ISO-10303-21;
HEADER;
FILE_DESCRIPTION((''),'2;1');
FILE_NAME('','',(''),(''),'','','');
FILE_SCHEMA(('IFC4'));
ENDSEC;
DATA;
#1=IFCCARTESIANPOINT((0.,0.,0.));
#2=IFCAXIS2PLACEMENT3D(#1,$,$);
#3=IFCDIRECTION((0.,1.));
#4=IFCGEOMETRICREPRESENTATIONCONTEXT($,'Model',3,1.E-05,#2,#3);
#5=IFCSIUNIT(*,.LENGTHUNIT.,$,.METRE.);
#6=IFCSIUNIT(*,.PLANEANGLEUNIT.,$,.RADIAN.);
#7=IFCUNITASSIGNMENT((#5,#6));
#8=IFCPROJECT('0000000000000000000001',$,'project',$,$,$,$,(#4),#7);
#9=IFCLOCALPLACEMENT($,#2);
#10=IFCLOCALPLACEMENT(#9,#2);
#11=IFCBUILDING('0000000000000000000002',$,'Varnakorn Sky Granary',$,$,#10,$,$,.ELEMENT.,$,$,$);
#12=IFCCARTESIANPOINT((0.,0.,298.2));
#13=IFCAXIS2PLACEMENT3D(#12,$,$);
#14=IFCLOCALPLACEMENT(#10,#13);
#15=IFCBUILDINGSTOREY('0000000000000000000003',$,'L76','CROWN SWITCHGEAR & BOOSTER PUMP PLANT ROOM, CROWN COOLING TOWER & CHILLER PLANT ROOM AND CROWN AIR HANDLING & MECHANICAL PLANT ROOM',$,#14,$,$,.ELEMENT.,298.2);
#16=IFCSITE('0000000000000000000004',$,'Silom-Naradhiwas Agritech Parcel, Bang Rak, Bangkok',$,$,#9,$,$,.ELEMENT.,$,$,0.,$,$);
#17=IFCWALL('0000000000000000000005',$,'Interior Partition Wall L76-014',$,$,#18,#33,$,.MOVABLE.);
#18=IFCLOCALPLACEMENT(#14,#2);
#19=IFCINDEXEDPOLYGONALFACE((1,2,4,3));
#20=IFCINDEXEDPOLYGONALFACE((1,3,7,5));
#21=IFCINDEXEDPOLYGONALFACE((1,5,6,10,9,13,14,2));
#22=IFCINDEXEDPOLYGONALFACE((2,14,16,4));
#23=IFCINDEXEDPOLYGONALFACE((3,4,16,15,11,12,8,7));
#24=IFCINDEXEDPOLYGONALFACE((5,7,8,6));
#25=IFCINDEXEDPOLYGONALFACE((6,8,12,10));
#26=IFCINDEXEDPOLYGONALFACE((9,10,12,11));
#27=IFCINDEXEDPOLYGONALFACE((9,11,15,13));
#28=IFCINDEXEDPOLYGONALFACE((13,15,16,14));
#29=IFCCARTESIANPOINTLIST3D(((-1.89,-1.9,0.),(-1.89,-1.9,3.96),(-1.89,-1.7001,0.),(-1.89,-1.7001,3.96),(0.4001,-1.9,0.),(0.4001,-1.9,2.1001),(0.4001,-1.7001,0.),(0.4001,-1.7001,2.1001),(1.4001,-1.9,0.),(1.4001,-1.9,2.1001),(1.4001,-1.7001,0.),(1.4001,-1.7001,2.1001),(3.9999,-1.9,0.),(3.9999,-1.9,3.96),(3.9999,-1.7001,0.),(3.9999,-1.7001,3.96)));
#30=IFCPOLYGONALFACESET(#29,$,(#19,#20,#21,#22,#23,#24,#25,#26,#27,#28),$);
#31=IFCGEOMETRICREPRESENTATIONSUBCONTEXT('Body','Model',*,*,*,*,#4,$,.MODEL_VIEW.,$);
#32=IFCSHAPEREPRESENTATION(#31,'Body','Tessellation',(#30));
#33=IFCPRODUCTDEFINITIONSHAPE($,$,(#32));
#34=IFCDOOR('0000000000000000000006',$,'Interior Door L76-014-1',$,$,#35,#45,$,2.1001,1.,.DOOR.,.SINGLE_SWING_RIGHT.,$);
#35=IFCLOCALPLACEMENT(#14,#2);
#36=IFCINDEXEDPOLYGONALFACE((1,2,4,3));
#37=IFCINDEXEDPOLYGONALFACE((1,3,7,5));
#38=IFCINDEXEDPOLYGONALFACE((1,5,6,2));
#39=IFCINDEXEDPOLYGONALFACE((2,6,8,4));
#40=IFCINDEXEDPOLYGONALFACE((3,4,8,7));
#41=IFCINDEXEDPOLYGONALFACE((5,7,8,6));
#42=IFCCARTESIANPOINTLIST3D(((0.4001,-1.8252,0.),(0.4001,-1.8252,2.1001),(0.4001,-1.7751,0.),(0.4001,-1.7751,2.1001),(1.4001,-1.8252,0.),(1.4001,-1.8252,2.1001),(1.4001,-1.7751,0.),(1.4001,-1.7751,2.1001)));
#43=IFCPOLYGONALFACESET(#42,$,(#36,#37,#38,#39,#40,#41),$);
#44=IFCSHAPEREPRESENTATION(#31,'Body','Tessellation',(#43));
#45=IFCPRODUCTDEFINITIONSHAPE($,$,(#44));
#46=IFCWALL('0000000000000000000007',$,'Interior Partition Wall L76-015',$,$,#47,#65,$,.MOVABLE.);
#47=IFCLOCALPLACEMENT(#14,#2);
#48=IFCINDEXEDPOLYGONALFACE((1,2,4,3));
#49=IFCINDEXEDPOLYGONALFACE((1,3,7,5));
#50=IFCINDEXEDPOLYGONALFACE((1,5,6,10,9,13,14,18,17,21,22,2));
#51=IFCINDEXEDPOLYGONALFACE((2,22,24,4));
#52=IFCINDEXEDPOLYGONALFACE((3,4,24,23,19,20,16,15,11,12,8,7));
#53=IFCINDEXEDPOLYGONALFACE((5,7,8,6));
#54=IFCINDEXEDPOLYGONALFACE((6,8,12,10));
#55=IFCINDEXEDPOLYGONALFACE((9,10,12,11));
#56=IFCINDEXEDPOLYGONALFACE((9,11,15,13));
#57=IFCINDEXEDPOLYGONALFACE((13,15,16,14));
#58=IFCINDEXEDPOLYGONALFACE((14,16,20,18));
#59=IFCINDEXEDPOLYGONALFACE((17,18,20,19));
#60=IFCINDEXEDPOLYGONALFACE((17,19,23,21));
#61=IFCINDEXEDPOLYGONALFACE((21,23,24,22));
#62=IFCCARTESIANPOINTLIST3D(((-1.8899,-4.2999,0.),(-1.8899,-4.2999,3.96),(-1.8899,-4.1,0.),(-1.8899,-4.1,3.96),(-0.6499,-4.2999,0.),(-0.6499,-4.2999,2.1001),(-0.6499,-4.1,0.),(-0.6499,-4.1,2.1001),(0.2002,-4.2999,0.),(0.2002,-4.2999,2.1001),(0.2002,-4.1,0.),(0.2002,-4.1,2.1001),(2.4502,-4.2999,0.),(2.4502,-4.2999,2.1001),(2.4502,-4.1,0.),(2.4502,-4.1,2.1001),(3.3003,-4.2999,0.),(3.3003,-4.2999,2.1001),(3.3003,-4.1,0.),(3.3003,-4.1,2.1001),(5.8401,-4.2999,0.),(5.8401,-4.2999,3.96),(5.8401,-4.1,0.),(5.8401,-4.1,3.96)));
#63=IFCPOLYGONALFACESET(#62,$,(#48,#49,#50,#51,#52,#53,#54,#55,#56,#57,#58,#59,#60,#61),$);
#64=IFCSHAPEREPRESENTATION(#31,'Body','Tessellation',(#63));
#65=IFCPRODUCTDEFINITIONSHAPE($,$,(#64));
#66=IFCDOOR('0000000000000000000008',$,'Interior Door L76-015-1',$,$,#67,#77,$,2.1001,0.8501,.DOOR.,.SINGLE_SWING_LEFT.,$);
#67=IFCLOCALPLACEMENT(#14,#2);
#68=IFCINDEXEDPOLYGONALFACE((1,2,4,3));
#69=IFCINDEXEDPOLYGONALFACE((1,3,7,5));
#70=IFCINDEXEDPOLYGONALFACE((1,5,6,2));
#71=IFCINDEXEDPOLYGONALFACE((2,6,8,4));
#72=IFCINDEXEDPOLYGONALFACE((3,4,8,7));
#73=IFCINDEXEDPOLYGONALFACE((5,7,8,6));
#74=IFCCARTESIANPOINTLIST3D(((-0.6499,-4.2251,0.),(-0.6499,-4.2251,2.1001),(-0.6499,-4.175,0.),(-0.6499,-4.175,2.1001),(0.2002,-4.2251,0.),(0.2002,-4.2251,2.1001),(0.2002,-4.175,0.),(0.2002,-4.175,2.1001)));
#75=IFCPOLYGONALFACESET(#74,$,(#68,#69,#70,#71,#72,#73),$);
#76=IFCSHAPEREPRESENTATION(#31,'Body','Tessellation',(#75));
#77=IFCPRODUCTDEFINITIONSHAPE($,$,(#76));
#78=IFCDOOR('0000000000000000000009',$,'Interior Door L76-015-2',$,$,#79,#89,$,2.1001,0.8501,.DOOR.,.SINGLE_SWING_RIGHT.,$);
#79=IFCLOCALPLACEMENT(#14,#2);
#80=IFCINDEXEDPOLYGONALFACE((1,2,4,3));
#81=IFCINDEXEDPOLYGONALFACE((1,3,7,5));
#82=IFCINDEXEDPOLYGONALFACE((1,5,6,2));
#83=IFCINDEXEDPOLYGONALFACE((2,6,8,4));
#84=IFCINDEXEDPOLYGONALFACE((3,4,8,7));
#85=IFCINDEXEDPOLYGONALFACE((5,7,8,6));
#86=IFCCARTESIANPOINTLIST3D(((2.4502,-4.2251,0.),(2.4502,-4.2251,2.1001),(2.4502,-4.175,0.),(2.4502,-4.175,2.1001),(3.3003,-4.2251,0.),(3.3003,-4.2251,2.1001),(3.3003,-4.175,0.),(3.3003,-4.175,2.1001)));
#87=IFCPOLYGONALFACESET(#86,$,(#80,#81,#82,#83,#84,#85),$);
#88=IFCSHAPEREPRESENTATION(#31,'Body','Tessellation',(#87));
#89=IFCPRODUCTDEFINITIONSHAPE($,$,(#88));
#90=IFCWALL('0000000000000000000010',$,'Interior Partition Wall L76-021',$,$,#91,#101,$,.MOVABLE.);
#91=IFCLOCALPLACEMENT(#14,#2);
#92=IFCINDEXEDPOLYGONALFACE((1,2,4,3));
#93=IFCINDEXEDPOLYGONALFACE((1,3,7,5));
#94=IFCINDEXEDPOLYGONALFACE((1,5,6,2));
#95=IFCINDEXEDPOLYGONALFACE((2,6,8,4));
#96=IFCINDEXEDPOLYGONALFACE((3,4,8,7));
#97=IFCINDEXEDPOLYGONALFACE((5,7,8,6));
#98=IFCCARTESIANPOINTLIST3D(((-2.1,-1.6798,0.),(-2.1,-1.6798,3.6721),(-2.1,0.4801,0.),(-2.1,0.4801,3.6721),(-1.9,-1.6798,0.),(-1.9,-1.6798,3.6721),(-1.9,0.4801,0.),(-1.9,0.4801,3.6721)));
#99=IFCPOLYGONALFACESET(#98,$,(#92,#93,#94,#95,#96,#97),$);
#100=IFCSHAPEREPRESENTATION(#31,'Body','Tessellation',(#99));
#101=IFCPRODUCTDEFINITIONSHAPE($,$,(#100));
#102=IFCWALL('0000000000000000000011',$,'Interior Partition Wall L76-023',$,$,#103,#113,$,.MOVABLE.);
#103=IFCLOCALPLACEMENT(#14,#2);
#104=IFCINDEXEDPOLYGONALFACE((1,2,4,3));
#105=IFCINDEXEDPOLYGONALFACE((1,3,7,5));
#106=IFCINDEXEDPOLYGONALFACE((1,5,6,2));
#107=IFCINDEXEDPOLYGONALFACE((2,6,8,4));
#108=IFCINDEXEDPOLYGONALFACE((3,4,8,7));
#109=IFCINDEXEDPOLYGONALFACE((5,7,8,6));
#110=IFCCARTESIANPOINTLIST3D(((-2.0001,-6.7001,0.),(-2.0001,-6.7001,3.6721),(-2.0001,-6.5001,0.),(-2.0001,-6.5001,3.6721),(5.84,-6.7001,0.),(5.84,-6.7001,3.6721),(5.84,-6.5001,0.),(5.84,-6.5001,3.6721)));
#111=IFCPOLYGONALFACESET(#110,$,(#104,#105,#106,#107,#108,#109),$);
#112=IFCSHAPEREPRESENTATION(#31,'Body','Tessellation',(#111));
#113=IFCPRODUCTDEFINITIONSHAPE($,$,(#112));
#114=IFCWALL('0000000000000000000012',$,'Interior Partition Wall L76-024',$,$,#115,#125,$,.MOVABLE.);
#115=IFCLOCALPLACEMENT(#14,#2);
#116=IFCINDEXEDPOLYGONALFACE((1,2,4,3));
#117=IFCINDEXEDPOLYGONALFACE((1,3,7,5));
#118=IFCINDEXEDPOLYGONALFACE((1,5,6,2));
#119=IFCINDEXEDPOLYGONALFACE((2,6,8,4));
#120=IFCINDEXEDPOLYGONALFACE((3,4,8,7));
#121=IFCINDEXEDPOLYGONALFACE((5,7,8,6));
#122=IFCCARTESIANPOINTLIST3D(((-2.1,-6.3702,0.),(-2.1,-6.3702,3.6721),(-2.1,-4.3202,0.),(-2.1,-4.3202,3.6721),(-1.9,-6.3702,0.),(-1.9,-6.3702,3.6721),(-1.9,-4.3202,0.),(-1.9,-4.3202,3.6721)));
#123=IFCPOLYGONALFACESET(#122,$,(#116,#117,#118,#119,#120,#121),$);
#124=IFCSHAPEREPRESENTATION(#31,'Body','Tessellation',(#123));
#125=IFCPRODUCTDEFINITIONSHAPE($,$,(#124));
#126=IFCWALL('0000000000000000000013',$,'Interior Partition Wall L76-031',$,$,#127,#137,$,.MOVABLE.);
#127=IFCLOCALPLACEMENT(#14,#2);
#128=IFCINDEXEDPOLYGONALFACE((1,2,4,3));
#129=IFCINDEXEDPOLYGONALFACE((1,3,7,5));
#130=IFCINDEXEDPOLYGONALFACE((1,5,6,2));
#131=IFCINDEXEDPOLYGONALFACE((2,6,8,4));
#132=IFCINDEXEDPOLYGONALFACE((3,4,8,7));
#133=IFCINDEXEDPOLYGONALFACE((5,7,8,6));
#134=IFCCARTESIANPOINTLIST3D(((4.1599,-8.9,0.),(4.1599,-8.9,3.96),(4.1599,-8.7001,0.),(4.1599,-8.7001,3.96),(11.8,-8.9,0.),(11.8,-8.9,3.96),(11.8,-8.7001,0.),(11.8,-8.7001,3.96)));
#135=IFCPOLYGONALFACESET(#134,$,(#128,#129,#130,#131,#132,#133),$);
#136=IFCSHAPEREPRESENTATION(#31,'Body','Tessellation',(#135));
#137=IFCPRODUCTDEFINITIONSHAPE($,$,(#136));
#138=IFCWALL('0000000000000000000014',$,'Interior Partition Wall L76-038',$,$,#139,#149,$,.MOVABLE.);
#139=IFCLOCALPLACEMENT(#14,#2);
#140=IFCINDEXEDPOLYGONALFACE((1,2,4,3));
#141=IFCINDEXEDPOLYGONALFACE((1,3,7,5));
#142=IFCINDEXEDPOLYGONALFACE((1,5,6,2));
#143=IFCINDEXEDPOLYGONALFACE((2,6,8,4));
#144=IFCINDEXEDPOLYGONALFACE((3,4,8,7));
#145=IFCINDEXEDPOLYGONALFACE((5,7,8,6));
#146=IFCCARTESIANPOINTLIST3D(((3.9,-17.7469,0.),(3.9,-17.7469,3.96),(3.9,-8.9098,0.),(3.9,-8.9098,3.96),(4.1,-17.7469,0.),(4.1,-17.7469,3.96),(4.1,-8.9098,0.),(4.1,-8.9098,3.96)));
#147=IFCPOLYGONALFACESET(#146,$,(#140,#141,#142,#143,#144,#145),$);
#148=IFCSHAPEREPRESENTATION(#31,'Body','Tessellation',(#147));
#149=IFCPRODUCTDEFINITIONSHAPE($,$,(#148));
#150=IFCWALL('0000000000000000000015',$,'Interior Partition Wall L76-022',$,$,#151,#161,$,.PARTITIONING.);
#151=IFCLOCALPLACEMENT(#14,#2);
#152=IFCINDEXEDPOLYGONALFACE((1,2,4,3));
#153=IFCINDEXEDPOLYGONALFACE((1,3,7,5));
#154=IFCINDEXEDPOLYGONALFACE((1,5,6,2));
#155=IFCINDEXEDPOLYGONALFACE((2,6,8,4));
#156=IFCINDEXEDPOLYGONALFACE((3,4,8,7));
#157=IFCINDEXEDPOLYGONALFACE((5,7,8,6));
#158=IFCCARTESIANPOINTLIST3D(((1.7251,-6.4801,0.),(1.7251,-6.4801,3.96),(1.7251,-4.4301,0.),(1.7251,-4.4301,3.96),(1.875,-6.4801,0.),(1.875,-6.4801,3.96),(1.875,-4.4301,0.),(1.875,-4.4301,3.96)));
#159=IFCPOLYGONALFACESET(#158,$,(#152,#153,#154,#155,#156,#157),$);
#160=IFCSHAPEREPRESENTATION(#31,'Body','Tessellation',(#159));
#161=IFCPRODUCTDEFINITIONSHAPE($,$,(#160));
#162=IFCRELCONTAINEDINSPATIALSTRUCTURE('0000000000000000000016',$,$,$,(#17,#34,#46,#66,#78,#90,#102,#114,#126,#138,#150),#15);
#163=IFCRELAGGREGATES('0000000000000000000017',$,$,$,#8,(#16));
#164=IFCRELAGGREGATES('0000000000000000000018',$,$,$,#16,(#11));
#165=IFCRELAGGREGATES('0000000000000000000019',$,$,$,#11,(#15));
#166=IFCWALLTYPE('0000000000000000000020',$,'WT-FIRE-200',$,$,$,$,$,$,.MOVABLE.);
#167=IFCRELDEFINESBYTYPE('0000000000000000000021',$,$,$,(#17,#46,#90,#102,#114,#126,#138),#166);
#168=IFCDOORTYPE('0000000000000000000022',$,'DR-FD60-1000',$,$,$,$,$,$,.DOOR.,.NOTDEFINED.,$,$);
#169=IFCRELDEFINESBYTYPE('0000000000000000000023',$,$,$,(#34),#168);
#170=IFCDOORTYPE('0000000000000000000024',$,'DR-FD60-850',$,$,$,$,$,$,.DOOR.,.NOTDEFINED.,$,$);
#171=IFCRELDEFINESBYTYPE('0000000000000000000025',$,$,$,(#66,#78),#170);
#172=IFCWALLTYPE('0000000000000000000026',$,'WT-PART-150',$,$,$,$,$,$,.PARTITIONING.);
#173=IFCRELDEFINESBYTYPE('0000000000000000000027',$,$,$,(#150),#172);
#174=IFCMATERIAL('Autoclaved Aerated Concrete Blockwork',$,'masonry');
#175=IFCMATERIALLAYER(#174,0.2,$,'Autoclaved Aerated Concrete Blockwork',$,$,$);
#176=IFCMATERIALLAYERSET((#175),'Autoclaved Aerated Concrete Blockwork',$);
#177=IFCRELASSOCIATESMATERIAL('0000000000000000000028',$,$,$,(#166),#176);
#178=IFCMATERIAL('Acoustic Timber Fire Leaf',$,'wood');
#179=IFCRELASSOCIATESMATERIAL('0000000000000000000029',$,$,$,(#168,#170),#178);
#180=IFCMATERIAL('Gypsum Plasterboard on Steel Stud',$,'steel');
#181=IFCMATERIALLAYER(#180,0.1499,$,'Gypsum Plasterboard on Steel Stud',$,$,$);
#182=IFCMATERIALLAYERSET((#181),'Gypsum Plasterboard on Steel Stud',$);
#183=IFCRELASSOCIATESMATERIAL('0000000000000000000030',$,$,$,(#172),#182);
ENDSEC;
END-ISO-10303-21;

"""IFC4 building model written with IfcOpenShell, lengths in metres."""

from ifc_helpers import new_model, si_unit, direction, frame, frame_2d, origin, place, context, subcontext, project, spatial, rectangle, extrude, material, layer, layer_set, type_object, element, fill, save


model = new_model("IFC4")

# Units and contexts
model_context = context("Model", 3, precision=1e-05, world=origin(), true_north=direction((0.0, 1.0)))
body_context = subcontext(model_context, "Body", "Model", "MODEL_VIEW")
ifc_project = project(units=[si_unit("LENGTHUNIT", "METRE"), si_unit("PLANEANGLEUNIT", "RADIAN")], contexts=[model_context])

# Site, building, storey
site_placement = place(None, origin())
site = spatial("IfcSite", under=ifc_project, at=site_placement, Name="Silom-Naradhiwas Agritech Parcel, Bang Rak, Bangkok", CompositionType="ELEMENT", RefElevation=0.0)
building_placement = place(site_placement, origin())
building = spatial("IfcBuilding", under=site, at=building_placement, Name="Varnakorn Sky Granary", CompositionType="ELEMENT")
storey_placement = place(building_placement, frame((0.0, 0.0, 298.2)))
storey = spatial("IfcBuildingStorey", under=building, at=storey_placement, Name="L76", Description="CROWN SWITCHGEAR & BOOSTER PUMP PLANT ROOM, CROWN COOLING TOWER & CHILLER PLANT ROOM AND CROWN AIR HANDLING & MECHANICAL PLANT ROOM", CompositionType="ELEMENT", Elevation=298.2)

# Wall, opening, door
ifc_material_1 = material(Name="Autoclaved Aerated Concrete Blockwork", Category="masonry")
ifc_layer_1 = layer(ifc_material_1, 0.2, Name="Autoclaved Aerated Concrete Blockwork")
ifc_layer_set_1 = layer_set([ifc_layer_1], Name="Autoclaved Aerated Concrete Blockwork")
wall_type_1 = type_object("IfcWallType", Name="WT-FIRE-200", PredefinedType="MOVABLE", material=ifc_layer_set_1)
ifc_material_2 = material(Name="Acoustic Timber Fire Leaf", Category="wood")
door_type_1 = type_object("IfcDoorType", Name="DR-FD60-1000", OperationType="NOTDEFINED", PredefinedType="DOOR", material=ifc_material_2)
wall_1_placement = place(storey_placement, frame((-1.8899, -1.8, 0.0), z_axis=(0.0, 0.0, 1.0), x_axis=(1.0, 0.0, 0.0)))
wall_1 = element("IfcWall", 1, at=wall_1_placement, inside=storey, type_object=wall_type_1, Name="Interior Partition Wall L76-014", PredefinedType="MOVABLE", context=body_context, shape_type="SweptSolid", body=[
    extrude(rectangle(XDim=5.8899, YDim=0.2, at=frame_2d((2.9448, 0.0))), origin(), (0.0, 0.0, 1.0), 3.96),
])
opening_1_placement = place(wall_1_placement, frame((2.29, 0.0, 0.0)))
opening_1 = element("IfcOpeningElement", 2, at=opening_1_placement, cuts=wall_1, PredefinedType="OPENING", context=body_context, shape_type="SweptSolid", body=[
    extrude(rectangle(XDim=1.0, YDim=2.1001, at=frame_2d((0.5, 1.05))), frame((0.0, 0.1099, 0.0), z_axis=(0.0, -1.0, 0.0), x_axis=(1.0, 0.0, 0.0)), (0.0, 0.0, 1.0), 0.22),
])
door_1_placement = place(opening_1_placement, origin())
door_1 = element("IfcDoor", 3, at=door_1_placement, inside=storey, type_object=door_type_1, Name="Interior Door L76-014-1", OperationType="SINGLE_SWING_RIGHT", OverallHeight=2.1001, OverallWidth=1.0, PredefinedType="DOOR", context=body_context, shape_type="SweptSolid", body=[
    extrude(rectangle(XDim=1.0, YDim=2.1001, at=frame_2d((0.5, 1.05))), frame((0.0, 0.0249, 0.0), z_axis=(0.0, -1.0, 0.0), x_axis=(1.0, 0.0, 0.0)), (0.0, 0.0, 1.0), 0.05),
])
fill(opening_1, door_1)

# Wall, openings, doors
wall_2_placement = place(storey_placement, frame((-1.8899, -4.2, 0.0), z_axis=(0.0, 0.0, 1.0), x_axis=(1.0, 0.0, 0.0)))
wall_2 = element("IfcWall", 4, at=wall_2_placement, inside=storey, type_object=wall_type_1, Name="Interior Partition Wall L76-015", PredefinedType="MOVABLE", context=body_context, shape_type="SweptSolid", body=[
    extrude(rectangle(XDim=7.73, YDim=0.2, at=frame_2d((3.865, 0.0))), origin(), (0.0, 0.0, 1.0), 3.96),
])
opening_2_placement = place(wall_2_placement, frame((1.24, 0.0, 0.0)))
opening_2 = element("IfcOpeningElement", 5, at=opening_2_placement, cuts=wall_2, PredefinedType="OPENING", context=body_context, shape_type="SweptSolid", body=[
    extrude(rectangle(XDim=0.8501, YDim=2.1001, at=frame_2d((0.425, 1.05))), frame((0.0, 0.1099, 0.0), z_axis=(0.0, -1.0, 0.0), x_axis=(1.0, 0.0, 0.0)), (0.0, 0.0, 1.0), 0.22),
])
opening_3_placement = place(wall_2_placement, frame((4.3401, 0.0, 0.0)))
opening_3 = element("IfcOpeningElement", 6, at=opening_3_placement, cuts=wall_2, PredefinedType="OPENING", context=body_context, shape_type="SweptSolid", body=[
    extrude(rectangle(XDim=0.8501, YDim=2.1001, at=frame_2d((0.425, 1.05))), frame((0.0, 0.1099, 0.0), z_axis=(0.0, -1.0, 0.0), x_axis=(1.0, 0.0, 0.0)), (0.0, 0.0, 1.0), 0.22),
])
door_type_2 = type_object("IfcDoorType", Name="DR-FD60-850", OperationType="NOTDEFINED", PredefinedType="DOOR", material=ifc_material_2)
door_2_placement = place(opening_2_placement, origin())
door_2 = element("IfcDoor", 7, at=door_2_placement, inside=storey, type_object=door_type_2, Name="Interior Door L76-015-1", OperationType="SINGLE_SWING_LEFT", OverallHeight=2.1001, OverallWidth=0.8501, PredefinedType="DOOR", context=body_context, shape_type="SweptSolid", body=[
    extrude(rectangle(XDim=0.8501, YDim=2.1001, at=frame_2d((0.425, 1.05))), frame((0.0, 0.0249, 0.0), z_axis=(0.0, -1.0, 0.0), x_axis=(1.0, 0.0, 0.0)), (0.0, 0.0, 1.0), 0.05),
])
fill(opening_2, door_2)
door_3_placement = place(opening_3_placement, origin())
door_3 = element("IfcDoor", 8, at=door_3_placement, inside=storey, type_object=door_type_2, Name="Interior Door L76-015-2", OperationType="SINGLE_SWING_RIGHT", OverallHeight=2.1001, OverallWidth=0.8501, PredefinedType="DOOR", context=body_context, shape_type="SweptSolid", body=[
    extrude(rectangle(XDim=0.8501, YDim=2.1001, at=frame_2d((0.425, 1.05))), frame((0.0, 0.0249, 0.0), z_axis=(0.0, -1.0, 0.0), x_axis=(1.0, 0.0, 0.0)), (0.0, 0.0, 1.0), 0.05),
])
fill(opening_3, door_3)

# Walls
wall_3_placement = place(storey_placement, frame((-2.0, -1.6799, 0.0), z_axis=(0.0, 0.0, 1.0), x_axis=(0.0, 1.0, 0.0)))
element("IfcWall", 9, at=wall_3_placement, inside=storey, type_object=wall_type_1, Name="Interior Partition Wall L76-021", PredefinedType="MOVABLE", context=body_context, shape_type="SweptSolid", body=[
    extrude(rectangle(XDim=2.1599, YDim=0.2, at=frame_2d((1.0801, 0.0))), origin(), (0.0, 0.0, 1.0), 3.6721),
])
wall_4_placement = place(storey_placement, frame((-2.0, -6.6001, 0.0), z_axis=(0.0, 0.0, 1.0), x_axis=(1.0, 0.0, 0.0)))
element("IfcWall", 10, at=wall_4_placement, inside=storey, type_object=wall_type_1, Name="Interior Partition Wall L76-023", PredefinedType="MOVABLE", context=body_context, shape_type="SweptSolid", body=[
    extrude(rectangle(XDim=7.8401, YDim=0.2, at=frame_2d((3.9199, 0.0))), origin(), (0.0, 0.0, 1.0), 3.6721),
])
wall_5_placement = place(storey_placement, frame((-2.0, -6.3701, 0.0), z_axis=(0.0, 0.0, 1.0), x_axis=(0.0, 1.0, 0.0)))
element("IfcWall", 11, at=wall_5_placement, inside=storey, type_object=wall_type_1, Name="Interior Partition Wall L76-024", PredefinedType="MOVABLE", context=body_context, shape_type="SweptSolid", body=[
    extrude(rectangle(XDim=2.05, YDim=0.2, at=frame_2d((1.0249, 0.0))), origin(), (0.0, 0.0, 1.0), 3.6721),
])
wall_6_placement = place(storey_placement, frame((4.1599, -8.8, 0.0), z_axis=(0.0, 0.0, 1.0), x_axis=(1.0, 0.0, 0.0)))
element("IfcWall", 12, at=wall_6_placement, inside=storey, type_object=wall_type_1, Name="Interior Partition Wall L76-031", PredefinedType="MOVABLE", context=body_context, shape_type="SweptSolid", body=[
    extrude(rectangle(XDim=7.6401, YDim=0.2, at=frame_2d((3.8201, 0.0))), origin(), (0.0, 0.0, 1.0), 3.96),
])
wall_7_placement = place(storey_placement, frame((4.0, -8.9099, 0.0), z_axis=(0.0, 0.0, 1.0), x_axis=(0.0, -1.0, 0.0)))
element("IfcWall", 13, at=wall_7_placement, inside=storey, type_object=wall_type_1, Name="Interior Partition Wall L76-038", PredefinedType="MOVABLE", context=body_context, shape_type="SweptSolid", body=[
    extrude(rectangle(XDim=8.8372, YDim=0.2, at=frame_2d((4.4185, 0.0))), origin(), (0.0, 0.0, 1.0), 3.96),
])
ifc_material_3 = material(Name="Gypsum Plasterboard on Steel Stud", Category="steel")
ifc_layer_2 = layer(ifc_material_3, 0.1499, Name="Gypsum Plasterboard on Steel Stud")
ifc_layer_set_2 = layer_set([ifc_layer_2], Name="Gypsum Plasterboard on Steel Stud")
wall_type_2 = type_object("IfcWallType", Name="WT-PART-150", PredefinedType="PARTITIONING", material=ifc_layer_set_2)
wall_8_placement = place(storey_placement, frame((1.8, -6.48, 0.0), z_axis=(0.0, 0.0, 1.0), x_axis=(0.0, 1.0, 0.0)))
element("IfcWall", 14, at=wall_8_placement, inside=storey, type_object=wall_type_2, Name="Interior Partition Wall L76-022", PredefinedType="PARTITIONING", context=body_context, shape_type="SweptSolid", body=[
    extrude(rectangle(XDim=2.05, YDim=0.1499, at=frame_2d((1.0249, 0.0))), origin(), (0.0, 0.0, 1.0), 3.96),
])

save(model, "model.ifc")
